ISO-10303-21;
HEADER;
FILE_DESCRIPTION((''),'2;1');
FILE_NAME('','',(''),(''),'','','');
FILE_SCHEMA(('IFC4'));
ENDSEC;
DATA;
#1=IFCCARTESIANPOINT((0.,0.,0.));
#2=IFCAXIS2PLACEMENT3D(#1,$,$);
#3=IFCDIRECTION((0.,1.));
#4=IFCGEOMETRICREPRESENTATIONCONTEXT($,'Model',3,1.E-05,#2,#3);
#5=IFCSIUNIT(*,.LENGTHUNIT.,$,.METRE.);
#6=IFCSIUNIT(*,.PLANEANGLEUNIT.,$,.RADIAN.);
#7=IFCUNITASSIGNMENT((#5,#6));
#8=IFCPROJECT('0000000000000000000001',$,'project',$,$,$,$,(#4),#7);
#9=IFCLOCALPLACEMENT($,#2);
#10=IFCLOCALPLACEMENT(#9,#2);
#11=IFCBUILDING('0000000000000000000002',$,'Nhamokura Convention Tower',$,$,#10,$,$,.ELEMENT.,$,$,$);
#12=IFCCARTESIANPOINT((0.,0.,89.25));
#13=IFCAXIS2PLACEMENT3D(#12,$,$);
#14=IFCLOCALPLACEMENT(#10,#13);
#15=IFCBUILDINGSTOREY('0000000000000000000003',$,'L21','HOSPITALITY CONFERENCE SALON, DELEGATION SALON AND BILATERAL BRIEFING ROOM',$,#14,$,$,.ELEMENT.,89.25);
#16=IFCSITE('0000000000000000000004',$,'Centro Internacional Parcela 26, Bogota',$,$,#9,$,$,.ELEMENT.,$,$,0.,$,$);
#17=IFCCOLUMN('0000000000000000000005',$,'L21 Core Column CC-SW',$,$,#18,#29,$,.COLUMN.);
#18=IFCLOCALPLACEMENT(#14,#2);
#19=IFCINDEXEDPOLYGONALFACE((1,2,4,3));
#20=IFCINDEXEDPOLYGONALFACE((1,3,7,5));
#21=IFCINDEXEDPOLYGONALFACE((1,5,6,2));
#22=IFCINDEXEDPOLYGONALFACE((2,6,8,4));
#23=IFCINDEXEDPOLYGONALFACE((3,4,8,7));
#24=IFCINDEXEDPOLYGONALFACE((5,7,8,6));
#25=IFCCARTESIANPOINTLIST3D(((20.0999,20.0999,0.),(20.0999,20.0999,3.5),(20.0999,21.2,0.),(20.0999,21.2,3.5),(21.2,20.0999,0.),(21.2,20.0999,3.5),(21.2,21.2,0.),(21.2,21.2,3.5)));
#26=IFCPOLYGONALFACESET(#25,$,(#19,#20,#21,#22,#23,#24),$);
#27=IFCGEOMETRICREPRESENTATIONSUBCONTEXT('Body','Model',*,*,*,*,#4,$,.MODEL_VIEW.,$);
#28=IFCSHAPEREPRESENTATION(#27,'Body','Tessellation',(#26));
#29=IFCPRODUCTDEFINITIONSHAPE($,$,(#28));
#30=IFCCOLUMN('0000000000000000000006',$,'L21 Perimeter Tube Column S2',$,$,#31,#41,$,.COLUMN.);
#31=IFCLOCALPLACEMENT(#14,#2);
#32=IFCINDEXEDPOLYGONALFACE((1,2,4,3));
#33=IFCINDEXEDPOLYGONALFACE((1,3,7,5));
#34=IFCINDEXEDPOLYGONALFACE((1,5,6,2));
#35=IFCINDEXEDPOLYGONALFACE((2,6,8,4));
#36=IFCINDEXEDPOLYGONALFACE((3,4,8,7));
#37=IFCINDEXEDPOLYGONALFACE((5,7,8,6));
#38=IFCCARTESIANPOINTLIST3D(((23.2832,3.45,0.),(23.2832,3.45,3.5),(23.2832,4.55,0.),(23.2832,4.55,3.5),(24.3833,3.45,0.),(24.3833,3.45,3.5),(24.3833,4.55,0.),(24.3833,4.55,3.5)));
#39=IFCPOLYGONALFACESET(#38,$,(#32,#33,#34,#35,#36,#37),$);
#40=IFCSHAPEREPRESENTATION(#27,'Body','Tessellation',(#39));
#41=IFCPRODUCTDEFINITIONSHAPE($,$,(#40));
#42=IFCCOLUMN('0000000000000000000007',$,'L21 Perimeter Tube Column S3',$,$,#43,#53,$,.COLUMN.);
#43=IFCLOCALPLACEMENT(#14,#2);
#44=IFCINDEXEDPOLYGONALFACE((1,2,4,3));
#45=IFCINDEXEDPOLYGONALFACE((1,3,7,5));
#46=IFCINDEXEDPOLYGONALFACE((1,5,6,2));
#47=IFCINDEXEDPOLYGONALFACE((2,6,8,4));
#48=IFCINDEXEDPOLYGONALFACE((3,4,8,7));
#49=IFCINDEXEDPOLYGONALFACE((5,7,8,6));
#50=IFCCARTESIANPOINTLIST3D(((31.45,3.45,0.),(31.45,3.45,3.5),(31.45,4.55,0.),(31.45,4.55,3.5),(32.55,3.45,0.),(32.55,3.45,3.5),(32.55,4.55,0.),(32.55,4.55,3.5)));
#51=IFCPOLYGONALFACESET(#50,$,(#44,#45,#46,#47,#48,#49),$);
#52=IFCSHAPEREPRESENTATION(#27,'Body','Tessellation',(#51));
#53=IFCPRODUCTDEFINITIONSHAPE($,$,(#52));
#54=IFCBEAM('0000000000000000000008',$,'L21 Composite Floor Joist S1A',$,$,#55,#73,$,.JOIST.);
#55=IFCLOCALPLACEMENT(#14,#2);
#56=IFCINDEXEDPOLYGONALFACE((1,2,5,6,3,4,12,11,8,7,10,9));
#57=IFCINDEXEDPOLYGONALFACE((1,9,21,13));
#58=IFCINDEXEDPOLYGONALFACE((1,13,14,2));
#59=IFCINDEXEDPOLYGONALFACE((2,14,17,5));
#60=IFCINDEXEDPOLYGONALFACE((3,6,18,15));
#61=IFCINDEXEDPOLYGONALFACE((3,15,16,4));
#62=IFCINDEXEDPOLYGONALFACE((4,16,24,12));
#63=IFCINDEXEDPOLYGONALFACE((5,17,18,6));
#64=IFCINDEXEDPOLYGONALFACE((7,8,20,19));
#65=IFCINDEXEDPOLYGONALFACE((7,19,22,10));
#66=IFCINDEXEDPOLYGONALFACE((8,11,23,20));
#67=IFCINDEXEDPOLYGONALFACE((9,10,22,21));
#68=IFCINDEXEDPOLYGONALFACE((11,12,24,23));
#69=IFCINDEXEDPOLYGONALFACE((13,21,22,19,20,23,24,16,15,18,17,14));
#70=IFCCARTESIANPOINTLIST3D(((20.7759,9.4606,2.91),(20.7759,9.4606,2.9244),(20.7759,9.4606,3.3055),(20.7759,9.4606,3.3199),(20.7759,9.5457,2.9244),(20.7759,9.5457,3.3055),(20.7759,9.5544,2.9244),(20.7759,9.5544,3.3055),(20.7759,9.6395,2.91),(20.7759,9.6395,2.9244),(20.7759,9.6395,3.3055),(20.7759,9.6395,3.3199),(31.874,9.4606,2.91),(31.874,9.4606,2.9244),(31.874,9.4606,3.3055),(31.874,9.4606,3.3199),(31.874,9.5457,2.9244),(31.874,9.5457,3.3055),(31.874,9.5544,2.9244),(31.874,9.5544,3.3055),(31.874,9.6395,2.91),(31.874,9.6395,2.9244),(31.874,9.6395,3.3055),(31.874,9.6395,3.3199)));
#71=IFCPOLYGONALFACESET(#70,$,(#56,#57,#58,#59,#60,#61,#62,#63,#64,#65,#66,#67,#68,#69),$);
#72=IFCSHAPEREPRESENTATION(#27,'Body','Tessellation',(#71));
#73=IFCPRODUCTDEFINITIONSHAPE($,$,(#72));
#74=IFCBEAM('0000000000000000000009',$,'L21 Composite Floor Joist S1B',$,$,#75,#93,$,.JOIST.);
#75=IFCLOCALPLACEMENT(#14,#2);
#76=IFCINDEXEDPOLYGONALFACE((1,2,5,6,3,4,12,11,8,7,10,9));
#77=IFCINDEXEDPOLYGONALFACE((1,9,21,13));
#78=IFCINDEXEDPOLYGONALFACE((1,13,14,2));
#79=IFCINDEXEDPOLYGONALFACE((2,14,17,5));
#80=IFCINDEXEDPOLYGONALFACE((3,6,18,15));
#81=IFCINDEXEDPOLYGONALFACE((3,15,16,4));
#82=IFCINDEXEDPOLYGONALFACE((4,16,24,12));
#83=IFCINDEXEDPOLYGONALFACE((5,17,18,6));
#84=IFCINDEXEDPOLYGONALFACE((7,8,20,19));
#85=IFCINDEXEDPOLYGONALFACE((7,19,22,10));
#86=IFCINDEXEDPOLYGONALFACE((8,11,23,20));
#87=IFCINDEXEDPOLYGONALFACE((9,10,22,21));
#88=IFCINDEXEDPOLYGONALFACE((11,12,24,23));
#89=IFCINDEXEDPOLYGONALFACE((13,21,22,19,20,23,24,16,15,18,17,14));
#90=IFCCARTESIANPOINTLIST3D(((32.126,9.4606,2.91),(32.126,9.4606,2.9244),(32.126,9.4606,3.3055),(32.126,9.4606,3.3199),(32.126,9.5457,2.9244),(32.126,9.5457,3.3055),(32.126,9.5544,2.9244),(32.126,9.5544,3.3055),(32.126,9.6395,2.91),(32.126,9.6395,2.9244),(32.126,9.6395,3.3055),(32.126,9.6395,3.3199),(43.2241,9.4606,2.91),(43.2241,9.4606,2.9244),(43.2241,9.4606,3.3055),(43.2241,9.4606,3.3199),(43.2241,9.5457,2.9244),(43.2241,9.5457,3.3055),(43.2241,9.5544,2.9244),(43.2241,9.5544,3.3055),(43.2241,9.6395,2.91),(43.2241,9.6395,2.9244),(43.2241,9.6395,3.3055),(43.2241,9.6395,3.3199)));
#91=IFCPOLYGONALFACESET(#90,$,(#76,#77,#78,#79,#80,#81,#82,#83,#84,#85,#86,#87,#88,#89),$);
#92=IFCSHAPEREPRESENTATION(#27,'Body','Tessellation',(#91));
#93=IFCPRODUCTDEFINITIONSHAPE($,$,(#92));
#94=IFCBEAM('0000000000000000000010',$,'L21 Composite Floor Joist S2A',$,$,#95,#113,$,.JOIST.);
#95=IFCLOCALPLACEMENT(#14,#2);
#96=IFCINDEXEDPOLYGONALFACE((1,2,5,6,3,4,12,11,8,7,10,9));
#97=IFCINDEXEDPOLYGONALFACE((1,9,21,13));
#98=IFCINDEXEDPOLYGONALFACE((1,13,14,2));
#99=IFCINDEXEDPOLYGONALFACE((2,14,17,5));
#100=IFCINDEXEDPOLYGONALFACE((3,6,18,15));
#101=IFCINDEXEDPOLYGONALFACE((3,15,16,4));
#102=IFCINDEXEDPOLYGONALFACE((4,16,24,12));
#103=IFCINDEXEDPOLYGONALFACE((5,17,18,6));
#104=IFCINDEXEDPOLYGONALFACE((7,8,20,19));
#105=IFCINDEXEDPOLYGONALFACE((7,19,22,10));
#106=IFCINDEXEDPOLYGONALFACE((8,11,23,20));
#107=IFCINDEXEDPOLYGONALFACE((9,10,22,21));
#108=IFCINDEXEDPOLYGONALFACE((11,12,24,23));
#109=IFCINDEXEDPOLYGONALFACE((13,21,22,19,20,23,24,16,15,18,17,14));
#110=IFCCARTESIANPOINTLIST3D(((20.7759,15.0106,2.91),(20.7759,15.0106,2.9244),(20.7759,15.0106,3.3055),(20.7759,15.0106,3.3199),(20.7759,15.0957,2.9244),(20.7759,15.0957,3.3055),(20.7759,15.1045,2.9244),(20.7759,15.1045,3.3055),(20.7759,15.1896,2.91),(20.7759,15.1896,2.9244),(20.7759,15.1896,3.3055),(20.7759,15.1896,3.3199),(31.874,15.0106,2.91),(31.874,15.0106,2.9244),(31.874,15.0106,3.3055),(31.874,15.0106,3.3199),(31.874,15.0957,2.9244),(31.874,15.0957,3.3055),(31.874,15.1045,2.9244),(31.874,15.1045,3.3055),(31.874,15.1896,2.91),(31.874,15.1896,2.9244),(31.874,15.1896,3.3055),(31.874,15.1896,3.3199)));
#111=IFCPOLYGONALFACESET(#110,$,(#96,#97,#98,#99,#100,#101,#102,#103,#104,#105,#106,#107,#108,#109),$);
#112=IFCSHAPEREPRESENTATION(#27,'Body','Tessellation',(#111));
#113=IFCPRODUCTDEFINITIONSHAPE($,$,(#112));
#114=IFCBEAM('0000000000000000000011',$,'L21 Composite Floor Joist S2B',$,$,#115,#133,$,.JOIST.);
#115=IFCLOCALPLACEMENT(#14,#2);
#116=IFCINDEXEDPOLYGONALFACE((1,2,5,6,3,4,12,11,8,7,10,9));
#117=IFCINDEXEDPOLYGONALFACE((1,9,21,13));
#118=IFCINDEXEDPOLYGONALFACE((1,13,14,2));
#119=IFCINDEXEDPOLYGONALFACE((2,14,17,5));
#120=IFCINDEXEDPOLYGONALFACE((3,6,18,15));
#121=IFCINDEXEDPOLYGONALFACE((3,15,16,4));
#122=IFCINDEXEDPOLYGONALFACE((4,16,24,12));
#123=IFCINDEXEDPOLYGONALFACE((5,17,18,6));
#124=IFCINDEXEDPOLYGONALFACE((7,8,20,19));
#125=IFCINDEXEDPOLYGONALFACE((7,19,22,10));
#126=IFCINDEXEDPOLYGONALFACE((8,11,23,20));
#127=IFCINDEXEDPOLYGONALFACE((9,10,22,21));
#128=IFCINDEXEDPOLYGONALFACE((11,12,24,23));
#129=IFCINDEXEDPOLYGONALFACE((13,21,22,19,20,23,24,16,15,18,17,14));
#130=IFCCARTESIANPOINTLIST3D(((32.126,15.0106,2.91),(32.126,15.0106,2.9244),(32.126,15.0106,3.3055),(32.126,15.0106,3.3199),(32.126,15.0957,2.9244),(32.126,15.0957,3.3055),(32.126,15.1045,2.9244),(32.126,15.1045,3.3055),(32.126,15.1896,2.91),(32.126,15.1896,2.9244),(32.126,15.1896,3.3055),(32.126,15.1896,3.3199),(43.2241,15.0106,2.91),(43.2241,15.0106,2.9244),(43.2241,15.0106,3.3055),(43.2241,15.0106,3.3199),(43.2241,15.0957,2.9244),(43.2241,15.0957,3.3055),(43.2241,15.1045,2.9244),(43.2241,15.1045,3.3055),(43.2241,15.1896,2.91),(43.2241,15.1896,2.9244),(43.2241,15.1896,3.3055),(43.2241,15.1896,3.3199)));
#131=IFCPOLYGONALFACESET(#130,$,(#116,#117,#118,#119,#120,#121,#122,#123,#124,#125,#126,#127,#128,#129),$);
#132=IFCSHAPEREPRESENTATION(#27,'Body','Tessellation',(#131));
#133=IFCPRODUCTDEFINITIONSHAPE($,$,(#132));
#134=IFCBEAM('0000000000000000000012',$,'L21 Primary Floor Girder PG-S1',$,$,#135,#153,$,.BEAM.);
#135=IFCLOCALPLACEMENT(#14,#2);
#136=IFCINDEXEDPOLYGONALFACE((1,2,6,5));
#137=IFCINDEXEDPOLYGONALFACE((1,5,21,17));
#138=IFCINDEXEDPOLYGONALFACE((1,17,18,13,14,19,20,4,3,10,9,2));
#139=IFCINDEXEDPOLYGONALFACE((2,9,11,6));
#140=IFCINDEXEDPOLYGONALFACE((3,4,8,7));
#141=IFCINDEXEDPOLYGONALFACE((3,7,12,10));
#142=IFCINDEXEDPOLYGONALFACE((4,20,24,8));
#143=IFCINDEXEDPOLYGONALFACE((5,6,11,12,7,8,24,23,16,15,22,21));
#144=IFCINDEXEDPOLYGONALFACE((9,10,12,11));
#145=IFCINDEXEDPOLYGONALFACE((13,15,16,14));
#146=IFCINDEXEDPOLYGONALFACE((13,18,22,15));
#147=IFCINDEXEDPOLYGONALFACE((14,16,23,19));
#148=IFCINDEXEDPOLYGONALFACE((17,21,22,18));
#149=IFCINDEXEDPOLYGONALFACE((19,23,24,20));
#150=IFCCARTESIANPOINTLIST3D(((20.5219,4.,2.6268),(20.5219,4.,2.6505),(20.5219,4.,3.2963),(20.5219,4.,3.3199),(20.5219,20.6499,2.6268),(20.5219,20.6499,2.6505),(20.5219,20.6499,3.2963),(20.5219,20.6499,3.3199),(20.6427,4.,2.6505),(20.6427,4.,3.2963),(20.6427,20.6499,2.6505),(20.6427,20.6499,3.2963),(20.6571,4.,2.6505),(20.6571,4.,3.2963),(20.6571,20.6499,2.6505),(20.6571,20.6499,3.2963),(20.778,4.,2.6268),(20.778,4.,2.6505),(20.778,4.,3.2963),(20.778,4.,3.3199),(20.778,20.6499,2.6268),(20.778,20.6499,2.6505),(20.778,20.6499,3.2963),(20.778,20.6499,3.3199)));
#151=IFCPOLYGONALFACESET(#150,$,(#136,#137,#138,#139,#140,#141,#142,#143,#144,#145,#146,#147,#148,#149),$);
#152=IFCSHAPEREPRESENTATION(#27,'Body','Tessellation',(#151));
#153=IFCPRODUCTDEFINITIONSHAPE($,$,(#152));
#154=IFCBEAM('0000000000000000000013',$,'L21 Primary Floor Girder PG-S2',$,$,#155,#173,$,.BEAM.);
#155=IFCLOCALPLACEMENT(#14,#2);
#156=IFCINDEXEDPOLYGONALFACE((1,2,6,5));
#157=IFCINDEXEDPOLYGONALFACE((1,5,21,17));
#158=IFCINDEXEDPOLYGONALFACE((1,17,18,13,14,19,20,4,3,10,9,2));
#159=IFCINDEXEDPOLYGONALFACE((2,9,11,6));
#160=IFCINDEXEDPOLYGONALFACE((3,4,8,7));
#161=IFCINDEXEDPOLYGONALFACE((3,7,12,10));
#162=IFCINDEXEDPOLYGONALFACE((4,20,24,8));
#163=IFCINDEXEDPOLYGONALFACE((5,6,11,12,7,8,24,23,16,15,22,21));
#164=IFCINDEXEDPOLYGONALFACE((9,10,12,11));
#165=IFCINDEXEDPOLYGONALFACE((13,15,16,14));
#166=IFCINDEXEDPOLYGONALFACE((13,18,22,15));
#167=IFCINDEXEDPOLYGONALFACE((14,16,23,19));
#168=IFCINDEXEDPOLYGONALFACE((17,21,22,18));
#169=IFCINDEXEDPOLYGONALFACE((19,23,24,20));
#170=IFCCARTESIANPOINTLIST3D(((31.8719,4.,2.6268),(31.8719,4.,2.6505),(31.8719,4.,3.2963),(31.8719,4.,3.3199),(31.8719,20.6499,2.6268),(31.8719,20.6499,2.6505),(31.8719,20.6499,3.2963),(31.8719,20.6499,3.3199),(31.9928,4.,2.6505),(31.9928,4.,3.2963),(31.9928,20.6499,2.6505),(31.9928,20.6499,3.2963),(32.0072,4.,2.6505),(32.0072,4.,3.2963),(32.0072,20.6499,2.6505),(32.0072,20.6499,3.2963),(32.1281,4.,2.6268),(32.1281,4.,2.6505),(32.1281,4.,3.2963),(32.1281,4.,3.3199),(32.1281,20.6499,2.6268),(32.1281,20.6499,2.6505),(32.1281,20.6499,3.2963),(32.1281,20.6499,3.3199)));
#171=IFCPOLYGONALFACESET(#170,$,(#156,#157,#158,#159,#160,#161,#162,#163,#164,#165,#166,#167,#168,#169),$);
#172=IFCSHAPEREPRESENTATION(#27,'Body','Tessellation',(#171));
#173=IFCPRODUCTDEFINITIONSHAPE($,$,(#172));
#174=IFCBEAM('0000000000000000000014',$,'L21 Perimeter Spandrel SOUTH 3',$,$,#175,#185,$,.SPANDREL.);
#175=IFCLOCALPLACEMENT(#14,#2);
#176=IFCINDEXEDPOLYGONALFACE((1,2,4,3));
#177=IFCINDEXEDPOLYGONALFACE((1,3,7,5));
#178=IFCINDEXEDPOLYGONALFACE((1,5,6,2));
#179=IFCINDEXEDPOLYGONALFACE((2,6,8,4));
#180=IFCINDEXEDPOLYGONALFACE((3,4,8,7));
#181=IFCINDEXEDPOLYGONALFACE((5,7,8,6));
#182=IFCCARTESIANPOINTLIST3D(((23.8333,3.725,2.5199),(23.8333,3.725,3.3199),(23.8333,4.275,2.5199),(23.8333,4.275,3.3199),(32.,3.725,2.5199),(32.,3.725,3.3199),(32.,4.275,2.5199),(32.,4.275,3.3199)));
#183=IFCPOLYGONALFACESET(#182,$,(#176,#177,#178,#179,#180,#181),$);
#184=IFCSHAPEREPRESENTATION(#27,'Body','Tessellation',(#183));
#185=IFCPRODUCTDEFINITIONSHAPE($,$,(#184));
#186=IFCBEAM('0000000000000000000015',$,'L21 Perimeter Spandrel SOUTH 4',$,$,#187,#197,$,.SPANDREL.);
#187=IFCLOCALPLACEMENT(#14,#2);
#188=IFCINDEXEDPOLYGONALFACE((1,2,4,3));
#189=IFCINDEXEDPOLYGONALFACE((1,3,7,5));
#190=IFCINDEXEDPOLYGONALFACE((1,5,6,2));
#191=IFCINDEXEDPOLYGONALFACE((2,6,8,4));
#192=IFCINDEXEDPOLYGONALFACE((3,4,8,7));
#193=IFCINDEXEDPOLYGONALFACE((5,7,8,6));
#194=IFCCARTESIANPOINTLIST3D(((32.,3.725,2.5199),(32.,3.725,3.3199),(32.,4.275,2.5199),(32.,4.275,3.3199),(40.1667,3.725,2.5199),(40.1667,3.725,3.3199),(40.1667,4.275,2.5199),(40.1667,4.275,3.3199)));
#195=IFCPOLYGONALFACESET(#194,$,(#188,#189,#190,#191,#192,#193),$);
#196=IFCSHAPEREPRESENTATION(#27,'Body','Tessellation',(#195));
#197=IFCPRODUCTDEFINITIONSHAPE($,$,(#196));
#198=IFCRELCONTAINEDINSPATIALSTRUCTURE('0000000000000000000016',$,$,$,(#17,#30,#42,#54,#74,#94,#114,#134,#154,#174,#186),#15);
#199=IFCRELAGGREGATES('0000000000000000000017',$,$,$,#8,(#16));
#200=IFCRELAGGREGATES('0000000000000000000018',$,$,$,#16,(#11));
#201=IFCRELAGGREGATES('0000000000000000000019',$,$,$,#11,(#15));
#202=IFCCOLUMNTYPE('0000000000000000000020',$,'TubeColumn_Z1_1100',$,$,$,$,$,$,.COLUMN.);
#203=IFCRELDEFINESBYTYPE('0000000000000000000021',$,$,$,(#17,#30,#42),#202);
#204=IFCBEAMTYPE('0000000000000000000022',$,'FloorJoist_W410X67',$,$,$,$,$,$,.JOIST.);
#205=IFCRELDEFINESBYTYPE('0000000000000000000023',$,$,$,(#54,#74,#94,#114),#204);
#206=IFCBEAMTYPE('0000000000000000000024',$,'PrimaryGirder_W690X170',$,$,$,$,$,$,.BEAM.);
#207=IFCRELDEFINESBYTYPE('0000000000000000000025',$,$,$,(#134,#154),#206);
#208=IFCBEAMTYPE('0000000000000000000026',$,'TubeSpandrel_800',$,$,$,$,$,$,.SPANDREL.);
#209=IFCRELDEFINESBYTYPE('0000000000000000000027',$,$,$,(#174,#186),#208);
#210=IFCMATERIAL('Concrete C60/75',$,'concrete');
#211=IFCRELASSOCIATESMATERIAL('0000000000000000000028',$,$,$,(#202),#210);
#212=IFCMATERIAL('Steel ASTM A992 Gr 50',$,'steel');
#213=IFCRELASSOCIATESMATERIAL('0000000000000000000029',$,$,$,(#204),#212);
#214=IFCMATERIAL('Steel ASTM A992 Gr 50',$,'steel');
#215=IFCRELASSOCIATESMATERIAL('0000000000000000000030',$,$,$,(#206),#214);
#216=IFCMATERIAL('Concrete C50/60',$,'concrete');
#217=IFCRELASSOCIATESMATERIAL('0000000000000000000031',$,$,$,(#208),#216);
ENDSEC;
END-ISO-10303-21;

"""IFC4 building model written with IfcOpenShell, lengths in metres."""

from ifc_helpers import new_model, si_unit, direction, frame, origin, origin_2d, place, context, subcontext, project, spatial, rectangle, i_section, extrude, material, material_profile, profile_set, type_object, element, save


model = new_model("IFC4")

# Units and contexts
model_context = context("Model", 3, precision=1e-05, world=origin(), true_north=direction((0.0, 1.0)))
body_context = subcontext(model_context, "Body", "Model", "MODEL_VIEW")
ifc_project = project(units=[si_unit("LENGTHUNIT", "METRE"), si_unit("PLANEANGLEUNIT", "RADIAN")], contexts=[model_context])

# Site, building, storey
site_placement = place(None, origin())
site = spatial("IfcSite", under=ifc_project, at=site_placement, Name="Centro Internacional Parcela 26, Bogota", CompositionType="ELEMENT", RefElevation=0.0)
building_placement = place(site_placement, origin())
building = spatial("IfcBuilding", under=site, at=building_placement, Name="Nhamokura Convention Tower", CompositionType="ELEMENT")
storey_placement = place(building_placement, frame((0.0, 0.0, 89.25)))
storey = spatial("IfcBuildingStorey", under=building, at=storey_placement, Name="L21", Description="HOSPITALITY CONFERENCE SALON, DELEGATION SALON AND BILATERAL BRIEFING ROOM", CompositionType="ELEMENT", Elevation=89.25)

# Columns
ifc_material_1 = material(Name="Concrete C60/75", Category="concrete")
ifc_material_profile_1 = material_profile(ifc_material_1, rectangle(XDim=1.1001, YDim=1.1001, at=origin_2d()))
ifc_profile_set_1 = profile_set([ifc_material_profile_1], Name="Concrete C60/75")
column_type = type_object("IfcColumnType", Name="TubeColumn_Z1_1100", PredefinedType="COLUMN", material=ifc_profile_set_1)
for number, where, z_axis, x_axis, name in (
    (1, (20.6499, 20.6499, 0.0), (0.0, 0.0, 1.0), (1.0, 0.0, 0.0), "L21 Core Column CC-SW"),
    (2, (23.8333, 4.0, 0.0), (0.0, 0.0, 1.0), (1.0, 0.0, 0.0), "L21 Perimeter Tube Column S2"),
    (3, (32.0, 4.0, 0.0), (0.0, 0.0, 1.0), (1.0, 0.0, 0.0), "L21 Perimeter Tube Column S3"),
):
    element("IfcColumn", number, at=place(storey_placement, frame(where, z_axis=z_axis, x_axis=x_axis)), inside=storey, type_object=column_type, Name=name, PredefinedType="COLUMN", context=body_context, shape_type="SweptSolid", body=[
        extrude(rectangle(XDim=1.1001, YDim=1.1001, at=origin_2d()), origin(), (0.0, 0.0, 1.0), 3.5),
    ])

# Beams
ifc_material_2 = material(Name="Steel ASTM A992 Gr 50", Category="steel")
ifc_material_profile_2 = material_profile(ifc_material_2, i_section(OverallWidth=0.179, OverallDepth=0.4099, WebThickness=0.0088, FlangeThickness=0.0144, at=origin_2d()))
ifc_profile_set_2 = profile_set([ifc_material_profile_2], Name="Steel ASTM A992 Gr 50")
beam_type_1 = type_object("IfcBeamType", Name="FloorJoist_W410X67", PredefinedType="JOIST", material=ifc_profile_set_2)
for number, where, z_axis, x_axis, name in (
    (4, (20.7759, 9.55, 3.115), (1.0, 0.0, 0.0), (0.0, 1.0, 0.0), "L21 Composite Floor Joist S1A"),
    (5, (32.126, 9.55, 3.115), (1.0, 0.0, 0.0), (0.0, 1.0, 0.0), "L21 Composite Floor Joist S1B"),
    (6, (20.7759, 15.1001, 3.115), (1.0, 0.0, 0.0), (0.0, 1.0, 0.0), "L21 Composite Floor Joist S2A"),
    (7, (32.126, 15.1001, 3.115), (1.0, 0.0, 0.0), (0.0, 1.0, 0.0), "L21 Composite Floor Joist S2B"),
):
    element("IfcBeam", number, at=place(storey_placement, frame(where, z_axis=z_axis, x_axis=x_axis)), inside=storey, type_object=beam_type_1, Name=name, PredefinedType="JOIST", context=body_context, shape_type="SweptSolid", body=[
        extrude(i_section(OverallWidth=0.179, OverallDepth=0.4099, WebThickness=0.0088, FlangeThickness=0.0144, at=origin_2d()), origin(), (0.0, 0.0, 1.0), 11.0981),
    ])
ifc_material_3 = material(Name="Steel ASTM A992 Gr 50", Category="steel")
ifc_material_profile_3 = material_profile(ifc_material_3, i_section(OverallWidth=0.2561, OverallDepth=0.6931, WebThickness=0.0144, FlangeThickness=0.0237, at=origin_2d()))
ifc_profile_set_3 = profile_set([ifc_material_profile_3], Name="Steel ASTM A992 Gr 50")
beam_type_2 = type_object("IfcBeamType", Name="PrimaryGirder_W690X170", PredefinedType="BEAM", material=ifc_profile_set_3)
for number, where, z_axis, x_axis, name in (
    (8, (20.6499, 4.0, 2.9734), (0.0, 1.0, 0.0), (-1.0, 0.0, 0.0), "L21 Primary Floor Girder PG-S1"),
    (9, (32.0, 4.0, 2.9734), (0.0, 1.0, 0.0), (-1.0, 0.0, 0.0), "L21 Primary Floor Girder PG-S2"),
):
    element("IfcBeam", number, at=place(storey_placement, frame(where, z_axis=z_axis, x_axis=x_axis)), inside=storey, type_object=beam_type_2, Name=name, PredefinedType="BEAM", context=body_context, shape_type="SweptSolid", body=[
        extrude(i_section(OverallWidth=0.2561, OverallDepth=0.6931, WebThickness=0.0144, FlangeThickness=0.0237, at=origin_2d()), origin(), (0.0, 0.0, 1.0), 16.6499),
    ])
ifc_material_4 = material(Name="Concrete C50/60", Category="concrete")
ifc_material_profile_4 = material_profile(ifc_material_4, rectangle(XDim=0.55, YDim=0.8, at=origin_2d()))
ifc_profile_set_4 = profile_set([ifc_material_profile_4], Name="Concrete C50/60")
beam_type_3 = type_object("IfcBeamType", Name="TubeSpandrel_800", PredefinedType="SPANDREL", material=ifc_profile_set_4)
for number, where, z_axis, x_axis, name in (
    (10, (23.8333, 4.0, 2.9199), (1.0, 0.0, 0.0), (0.0, 1.0, 0.0), "L21 Perimeter Spandrel SOUTH 3"),
    (11, (32.0, 4.0, 2.9199), (1.0, 0.0, 0.0), (0.0, 1.0, 0.0), "L21 Perimeter Spandrel SOUTH 4"),
):
    element("IfcBeam", number, at=place(storey_placement, frame(where, z_axis=z_axis, x_axis=x_axis)), inside=storey, type_object=beam_type_3, Name=name, PredefinedType="SPANDREL", context=body_context, shape_type="SweptSolid", body=[
        extrude(rectangle(XDim=0.55, YDim=0.8, at=origin_2d()), origin(), (0.0, 0.0, 1.0), 8.1667),
    ])

save(model, "model.ifc")
